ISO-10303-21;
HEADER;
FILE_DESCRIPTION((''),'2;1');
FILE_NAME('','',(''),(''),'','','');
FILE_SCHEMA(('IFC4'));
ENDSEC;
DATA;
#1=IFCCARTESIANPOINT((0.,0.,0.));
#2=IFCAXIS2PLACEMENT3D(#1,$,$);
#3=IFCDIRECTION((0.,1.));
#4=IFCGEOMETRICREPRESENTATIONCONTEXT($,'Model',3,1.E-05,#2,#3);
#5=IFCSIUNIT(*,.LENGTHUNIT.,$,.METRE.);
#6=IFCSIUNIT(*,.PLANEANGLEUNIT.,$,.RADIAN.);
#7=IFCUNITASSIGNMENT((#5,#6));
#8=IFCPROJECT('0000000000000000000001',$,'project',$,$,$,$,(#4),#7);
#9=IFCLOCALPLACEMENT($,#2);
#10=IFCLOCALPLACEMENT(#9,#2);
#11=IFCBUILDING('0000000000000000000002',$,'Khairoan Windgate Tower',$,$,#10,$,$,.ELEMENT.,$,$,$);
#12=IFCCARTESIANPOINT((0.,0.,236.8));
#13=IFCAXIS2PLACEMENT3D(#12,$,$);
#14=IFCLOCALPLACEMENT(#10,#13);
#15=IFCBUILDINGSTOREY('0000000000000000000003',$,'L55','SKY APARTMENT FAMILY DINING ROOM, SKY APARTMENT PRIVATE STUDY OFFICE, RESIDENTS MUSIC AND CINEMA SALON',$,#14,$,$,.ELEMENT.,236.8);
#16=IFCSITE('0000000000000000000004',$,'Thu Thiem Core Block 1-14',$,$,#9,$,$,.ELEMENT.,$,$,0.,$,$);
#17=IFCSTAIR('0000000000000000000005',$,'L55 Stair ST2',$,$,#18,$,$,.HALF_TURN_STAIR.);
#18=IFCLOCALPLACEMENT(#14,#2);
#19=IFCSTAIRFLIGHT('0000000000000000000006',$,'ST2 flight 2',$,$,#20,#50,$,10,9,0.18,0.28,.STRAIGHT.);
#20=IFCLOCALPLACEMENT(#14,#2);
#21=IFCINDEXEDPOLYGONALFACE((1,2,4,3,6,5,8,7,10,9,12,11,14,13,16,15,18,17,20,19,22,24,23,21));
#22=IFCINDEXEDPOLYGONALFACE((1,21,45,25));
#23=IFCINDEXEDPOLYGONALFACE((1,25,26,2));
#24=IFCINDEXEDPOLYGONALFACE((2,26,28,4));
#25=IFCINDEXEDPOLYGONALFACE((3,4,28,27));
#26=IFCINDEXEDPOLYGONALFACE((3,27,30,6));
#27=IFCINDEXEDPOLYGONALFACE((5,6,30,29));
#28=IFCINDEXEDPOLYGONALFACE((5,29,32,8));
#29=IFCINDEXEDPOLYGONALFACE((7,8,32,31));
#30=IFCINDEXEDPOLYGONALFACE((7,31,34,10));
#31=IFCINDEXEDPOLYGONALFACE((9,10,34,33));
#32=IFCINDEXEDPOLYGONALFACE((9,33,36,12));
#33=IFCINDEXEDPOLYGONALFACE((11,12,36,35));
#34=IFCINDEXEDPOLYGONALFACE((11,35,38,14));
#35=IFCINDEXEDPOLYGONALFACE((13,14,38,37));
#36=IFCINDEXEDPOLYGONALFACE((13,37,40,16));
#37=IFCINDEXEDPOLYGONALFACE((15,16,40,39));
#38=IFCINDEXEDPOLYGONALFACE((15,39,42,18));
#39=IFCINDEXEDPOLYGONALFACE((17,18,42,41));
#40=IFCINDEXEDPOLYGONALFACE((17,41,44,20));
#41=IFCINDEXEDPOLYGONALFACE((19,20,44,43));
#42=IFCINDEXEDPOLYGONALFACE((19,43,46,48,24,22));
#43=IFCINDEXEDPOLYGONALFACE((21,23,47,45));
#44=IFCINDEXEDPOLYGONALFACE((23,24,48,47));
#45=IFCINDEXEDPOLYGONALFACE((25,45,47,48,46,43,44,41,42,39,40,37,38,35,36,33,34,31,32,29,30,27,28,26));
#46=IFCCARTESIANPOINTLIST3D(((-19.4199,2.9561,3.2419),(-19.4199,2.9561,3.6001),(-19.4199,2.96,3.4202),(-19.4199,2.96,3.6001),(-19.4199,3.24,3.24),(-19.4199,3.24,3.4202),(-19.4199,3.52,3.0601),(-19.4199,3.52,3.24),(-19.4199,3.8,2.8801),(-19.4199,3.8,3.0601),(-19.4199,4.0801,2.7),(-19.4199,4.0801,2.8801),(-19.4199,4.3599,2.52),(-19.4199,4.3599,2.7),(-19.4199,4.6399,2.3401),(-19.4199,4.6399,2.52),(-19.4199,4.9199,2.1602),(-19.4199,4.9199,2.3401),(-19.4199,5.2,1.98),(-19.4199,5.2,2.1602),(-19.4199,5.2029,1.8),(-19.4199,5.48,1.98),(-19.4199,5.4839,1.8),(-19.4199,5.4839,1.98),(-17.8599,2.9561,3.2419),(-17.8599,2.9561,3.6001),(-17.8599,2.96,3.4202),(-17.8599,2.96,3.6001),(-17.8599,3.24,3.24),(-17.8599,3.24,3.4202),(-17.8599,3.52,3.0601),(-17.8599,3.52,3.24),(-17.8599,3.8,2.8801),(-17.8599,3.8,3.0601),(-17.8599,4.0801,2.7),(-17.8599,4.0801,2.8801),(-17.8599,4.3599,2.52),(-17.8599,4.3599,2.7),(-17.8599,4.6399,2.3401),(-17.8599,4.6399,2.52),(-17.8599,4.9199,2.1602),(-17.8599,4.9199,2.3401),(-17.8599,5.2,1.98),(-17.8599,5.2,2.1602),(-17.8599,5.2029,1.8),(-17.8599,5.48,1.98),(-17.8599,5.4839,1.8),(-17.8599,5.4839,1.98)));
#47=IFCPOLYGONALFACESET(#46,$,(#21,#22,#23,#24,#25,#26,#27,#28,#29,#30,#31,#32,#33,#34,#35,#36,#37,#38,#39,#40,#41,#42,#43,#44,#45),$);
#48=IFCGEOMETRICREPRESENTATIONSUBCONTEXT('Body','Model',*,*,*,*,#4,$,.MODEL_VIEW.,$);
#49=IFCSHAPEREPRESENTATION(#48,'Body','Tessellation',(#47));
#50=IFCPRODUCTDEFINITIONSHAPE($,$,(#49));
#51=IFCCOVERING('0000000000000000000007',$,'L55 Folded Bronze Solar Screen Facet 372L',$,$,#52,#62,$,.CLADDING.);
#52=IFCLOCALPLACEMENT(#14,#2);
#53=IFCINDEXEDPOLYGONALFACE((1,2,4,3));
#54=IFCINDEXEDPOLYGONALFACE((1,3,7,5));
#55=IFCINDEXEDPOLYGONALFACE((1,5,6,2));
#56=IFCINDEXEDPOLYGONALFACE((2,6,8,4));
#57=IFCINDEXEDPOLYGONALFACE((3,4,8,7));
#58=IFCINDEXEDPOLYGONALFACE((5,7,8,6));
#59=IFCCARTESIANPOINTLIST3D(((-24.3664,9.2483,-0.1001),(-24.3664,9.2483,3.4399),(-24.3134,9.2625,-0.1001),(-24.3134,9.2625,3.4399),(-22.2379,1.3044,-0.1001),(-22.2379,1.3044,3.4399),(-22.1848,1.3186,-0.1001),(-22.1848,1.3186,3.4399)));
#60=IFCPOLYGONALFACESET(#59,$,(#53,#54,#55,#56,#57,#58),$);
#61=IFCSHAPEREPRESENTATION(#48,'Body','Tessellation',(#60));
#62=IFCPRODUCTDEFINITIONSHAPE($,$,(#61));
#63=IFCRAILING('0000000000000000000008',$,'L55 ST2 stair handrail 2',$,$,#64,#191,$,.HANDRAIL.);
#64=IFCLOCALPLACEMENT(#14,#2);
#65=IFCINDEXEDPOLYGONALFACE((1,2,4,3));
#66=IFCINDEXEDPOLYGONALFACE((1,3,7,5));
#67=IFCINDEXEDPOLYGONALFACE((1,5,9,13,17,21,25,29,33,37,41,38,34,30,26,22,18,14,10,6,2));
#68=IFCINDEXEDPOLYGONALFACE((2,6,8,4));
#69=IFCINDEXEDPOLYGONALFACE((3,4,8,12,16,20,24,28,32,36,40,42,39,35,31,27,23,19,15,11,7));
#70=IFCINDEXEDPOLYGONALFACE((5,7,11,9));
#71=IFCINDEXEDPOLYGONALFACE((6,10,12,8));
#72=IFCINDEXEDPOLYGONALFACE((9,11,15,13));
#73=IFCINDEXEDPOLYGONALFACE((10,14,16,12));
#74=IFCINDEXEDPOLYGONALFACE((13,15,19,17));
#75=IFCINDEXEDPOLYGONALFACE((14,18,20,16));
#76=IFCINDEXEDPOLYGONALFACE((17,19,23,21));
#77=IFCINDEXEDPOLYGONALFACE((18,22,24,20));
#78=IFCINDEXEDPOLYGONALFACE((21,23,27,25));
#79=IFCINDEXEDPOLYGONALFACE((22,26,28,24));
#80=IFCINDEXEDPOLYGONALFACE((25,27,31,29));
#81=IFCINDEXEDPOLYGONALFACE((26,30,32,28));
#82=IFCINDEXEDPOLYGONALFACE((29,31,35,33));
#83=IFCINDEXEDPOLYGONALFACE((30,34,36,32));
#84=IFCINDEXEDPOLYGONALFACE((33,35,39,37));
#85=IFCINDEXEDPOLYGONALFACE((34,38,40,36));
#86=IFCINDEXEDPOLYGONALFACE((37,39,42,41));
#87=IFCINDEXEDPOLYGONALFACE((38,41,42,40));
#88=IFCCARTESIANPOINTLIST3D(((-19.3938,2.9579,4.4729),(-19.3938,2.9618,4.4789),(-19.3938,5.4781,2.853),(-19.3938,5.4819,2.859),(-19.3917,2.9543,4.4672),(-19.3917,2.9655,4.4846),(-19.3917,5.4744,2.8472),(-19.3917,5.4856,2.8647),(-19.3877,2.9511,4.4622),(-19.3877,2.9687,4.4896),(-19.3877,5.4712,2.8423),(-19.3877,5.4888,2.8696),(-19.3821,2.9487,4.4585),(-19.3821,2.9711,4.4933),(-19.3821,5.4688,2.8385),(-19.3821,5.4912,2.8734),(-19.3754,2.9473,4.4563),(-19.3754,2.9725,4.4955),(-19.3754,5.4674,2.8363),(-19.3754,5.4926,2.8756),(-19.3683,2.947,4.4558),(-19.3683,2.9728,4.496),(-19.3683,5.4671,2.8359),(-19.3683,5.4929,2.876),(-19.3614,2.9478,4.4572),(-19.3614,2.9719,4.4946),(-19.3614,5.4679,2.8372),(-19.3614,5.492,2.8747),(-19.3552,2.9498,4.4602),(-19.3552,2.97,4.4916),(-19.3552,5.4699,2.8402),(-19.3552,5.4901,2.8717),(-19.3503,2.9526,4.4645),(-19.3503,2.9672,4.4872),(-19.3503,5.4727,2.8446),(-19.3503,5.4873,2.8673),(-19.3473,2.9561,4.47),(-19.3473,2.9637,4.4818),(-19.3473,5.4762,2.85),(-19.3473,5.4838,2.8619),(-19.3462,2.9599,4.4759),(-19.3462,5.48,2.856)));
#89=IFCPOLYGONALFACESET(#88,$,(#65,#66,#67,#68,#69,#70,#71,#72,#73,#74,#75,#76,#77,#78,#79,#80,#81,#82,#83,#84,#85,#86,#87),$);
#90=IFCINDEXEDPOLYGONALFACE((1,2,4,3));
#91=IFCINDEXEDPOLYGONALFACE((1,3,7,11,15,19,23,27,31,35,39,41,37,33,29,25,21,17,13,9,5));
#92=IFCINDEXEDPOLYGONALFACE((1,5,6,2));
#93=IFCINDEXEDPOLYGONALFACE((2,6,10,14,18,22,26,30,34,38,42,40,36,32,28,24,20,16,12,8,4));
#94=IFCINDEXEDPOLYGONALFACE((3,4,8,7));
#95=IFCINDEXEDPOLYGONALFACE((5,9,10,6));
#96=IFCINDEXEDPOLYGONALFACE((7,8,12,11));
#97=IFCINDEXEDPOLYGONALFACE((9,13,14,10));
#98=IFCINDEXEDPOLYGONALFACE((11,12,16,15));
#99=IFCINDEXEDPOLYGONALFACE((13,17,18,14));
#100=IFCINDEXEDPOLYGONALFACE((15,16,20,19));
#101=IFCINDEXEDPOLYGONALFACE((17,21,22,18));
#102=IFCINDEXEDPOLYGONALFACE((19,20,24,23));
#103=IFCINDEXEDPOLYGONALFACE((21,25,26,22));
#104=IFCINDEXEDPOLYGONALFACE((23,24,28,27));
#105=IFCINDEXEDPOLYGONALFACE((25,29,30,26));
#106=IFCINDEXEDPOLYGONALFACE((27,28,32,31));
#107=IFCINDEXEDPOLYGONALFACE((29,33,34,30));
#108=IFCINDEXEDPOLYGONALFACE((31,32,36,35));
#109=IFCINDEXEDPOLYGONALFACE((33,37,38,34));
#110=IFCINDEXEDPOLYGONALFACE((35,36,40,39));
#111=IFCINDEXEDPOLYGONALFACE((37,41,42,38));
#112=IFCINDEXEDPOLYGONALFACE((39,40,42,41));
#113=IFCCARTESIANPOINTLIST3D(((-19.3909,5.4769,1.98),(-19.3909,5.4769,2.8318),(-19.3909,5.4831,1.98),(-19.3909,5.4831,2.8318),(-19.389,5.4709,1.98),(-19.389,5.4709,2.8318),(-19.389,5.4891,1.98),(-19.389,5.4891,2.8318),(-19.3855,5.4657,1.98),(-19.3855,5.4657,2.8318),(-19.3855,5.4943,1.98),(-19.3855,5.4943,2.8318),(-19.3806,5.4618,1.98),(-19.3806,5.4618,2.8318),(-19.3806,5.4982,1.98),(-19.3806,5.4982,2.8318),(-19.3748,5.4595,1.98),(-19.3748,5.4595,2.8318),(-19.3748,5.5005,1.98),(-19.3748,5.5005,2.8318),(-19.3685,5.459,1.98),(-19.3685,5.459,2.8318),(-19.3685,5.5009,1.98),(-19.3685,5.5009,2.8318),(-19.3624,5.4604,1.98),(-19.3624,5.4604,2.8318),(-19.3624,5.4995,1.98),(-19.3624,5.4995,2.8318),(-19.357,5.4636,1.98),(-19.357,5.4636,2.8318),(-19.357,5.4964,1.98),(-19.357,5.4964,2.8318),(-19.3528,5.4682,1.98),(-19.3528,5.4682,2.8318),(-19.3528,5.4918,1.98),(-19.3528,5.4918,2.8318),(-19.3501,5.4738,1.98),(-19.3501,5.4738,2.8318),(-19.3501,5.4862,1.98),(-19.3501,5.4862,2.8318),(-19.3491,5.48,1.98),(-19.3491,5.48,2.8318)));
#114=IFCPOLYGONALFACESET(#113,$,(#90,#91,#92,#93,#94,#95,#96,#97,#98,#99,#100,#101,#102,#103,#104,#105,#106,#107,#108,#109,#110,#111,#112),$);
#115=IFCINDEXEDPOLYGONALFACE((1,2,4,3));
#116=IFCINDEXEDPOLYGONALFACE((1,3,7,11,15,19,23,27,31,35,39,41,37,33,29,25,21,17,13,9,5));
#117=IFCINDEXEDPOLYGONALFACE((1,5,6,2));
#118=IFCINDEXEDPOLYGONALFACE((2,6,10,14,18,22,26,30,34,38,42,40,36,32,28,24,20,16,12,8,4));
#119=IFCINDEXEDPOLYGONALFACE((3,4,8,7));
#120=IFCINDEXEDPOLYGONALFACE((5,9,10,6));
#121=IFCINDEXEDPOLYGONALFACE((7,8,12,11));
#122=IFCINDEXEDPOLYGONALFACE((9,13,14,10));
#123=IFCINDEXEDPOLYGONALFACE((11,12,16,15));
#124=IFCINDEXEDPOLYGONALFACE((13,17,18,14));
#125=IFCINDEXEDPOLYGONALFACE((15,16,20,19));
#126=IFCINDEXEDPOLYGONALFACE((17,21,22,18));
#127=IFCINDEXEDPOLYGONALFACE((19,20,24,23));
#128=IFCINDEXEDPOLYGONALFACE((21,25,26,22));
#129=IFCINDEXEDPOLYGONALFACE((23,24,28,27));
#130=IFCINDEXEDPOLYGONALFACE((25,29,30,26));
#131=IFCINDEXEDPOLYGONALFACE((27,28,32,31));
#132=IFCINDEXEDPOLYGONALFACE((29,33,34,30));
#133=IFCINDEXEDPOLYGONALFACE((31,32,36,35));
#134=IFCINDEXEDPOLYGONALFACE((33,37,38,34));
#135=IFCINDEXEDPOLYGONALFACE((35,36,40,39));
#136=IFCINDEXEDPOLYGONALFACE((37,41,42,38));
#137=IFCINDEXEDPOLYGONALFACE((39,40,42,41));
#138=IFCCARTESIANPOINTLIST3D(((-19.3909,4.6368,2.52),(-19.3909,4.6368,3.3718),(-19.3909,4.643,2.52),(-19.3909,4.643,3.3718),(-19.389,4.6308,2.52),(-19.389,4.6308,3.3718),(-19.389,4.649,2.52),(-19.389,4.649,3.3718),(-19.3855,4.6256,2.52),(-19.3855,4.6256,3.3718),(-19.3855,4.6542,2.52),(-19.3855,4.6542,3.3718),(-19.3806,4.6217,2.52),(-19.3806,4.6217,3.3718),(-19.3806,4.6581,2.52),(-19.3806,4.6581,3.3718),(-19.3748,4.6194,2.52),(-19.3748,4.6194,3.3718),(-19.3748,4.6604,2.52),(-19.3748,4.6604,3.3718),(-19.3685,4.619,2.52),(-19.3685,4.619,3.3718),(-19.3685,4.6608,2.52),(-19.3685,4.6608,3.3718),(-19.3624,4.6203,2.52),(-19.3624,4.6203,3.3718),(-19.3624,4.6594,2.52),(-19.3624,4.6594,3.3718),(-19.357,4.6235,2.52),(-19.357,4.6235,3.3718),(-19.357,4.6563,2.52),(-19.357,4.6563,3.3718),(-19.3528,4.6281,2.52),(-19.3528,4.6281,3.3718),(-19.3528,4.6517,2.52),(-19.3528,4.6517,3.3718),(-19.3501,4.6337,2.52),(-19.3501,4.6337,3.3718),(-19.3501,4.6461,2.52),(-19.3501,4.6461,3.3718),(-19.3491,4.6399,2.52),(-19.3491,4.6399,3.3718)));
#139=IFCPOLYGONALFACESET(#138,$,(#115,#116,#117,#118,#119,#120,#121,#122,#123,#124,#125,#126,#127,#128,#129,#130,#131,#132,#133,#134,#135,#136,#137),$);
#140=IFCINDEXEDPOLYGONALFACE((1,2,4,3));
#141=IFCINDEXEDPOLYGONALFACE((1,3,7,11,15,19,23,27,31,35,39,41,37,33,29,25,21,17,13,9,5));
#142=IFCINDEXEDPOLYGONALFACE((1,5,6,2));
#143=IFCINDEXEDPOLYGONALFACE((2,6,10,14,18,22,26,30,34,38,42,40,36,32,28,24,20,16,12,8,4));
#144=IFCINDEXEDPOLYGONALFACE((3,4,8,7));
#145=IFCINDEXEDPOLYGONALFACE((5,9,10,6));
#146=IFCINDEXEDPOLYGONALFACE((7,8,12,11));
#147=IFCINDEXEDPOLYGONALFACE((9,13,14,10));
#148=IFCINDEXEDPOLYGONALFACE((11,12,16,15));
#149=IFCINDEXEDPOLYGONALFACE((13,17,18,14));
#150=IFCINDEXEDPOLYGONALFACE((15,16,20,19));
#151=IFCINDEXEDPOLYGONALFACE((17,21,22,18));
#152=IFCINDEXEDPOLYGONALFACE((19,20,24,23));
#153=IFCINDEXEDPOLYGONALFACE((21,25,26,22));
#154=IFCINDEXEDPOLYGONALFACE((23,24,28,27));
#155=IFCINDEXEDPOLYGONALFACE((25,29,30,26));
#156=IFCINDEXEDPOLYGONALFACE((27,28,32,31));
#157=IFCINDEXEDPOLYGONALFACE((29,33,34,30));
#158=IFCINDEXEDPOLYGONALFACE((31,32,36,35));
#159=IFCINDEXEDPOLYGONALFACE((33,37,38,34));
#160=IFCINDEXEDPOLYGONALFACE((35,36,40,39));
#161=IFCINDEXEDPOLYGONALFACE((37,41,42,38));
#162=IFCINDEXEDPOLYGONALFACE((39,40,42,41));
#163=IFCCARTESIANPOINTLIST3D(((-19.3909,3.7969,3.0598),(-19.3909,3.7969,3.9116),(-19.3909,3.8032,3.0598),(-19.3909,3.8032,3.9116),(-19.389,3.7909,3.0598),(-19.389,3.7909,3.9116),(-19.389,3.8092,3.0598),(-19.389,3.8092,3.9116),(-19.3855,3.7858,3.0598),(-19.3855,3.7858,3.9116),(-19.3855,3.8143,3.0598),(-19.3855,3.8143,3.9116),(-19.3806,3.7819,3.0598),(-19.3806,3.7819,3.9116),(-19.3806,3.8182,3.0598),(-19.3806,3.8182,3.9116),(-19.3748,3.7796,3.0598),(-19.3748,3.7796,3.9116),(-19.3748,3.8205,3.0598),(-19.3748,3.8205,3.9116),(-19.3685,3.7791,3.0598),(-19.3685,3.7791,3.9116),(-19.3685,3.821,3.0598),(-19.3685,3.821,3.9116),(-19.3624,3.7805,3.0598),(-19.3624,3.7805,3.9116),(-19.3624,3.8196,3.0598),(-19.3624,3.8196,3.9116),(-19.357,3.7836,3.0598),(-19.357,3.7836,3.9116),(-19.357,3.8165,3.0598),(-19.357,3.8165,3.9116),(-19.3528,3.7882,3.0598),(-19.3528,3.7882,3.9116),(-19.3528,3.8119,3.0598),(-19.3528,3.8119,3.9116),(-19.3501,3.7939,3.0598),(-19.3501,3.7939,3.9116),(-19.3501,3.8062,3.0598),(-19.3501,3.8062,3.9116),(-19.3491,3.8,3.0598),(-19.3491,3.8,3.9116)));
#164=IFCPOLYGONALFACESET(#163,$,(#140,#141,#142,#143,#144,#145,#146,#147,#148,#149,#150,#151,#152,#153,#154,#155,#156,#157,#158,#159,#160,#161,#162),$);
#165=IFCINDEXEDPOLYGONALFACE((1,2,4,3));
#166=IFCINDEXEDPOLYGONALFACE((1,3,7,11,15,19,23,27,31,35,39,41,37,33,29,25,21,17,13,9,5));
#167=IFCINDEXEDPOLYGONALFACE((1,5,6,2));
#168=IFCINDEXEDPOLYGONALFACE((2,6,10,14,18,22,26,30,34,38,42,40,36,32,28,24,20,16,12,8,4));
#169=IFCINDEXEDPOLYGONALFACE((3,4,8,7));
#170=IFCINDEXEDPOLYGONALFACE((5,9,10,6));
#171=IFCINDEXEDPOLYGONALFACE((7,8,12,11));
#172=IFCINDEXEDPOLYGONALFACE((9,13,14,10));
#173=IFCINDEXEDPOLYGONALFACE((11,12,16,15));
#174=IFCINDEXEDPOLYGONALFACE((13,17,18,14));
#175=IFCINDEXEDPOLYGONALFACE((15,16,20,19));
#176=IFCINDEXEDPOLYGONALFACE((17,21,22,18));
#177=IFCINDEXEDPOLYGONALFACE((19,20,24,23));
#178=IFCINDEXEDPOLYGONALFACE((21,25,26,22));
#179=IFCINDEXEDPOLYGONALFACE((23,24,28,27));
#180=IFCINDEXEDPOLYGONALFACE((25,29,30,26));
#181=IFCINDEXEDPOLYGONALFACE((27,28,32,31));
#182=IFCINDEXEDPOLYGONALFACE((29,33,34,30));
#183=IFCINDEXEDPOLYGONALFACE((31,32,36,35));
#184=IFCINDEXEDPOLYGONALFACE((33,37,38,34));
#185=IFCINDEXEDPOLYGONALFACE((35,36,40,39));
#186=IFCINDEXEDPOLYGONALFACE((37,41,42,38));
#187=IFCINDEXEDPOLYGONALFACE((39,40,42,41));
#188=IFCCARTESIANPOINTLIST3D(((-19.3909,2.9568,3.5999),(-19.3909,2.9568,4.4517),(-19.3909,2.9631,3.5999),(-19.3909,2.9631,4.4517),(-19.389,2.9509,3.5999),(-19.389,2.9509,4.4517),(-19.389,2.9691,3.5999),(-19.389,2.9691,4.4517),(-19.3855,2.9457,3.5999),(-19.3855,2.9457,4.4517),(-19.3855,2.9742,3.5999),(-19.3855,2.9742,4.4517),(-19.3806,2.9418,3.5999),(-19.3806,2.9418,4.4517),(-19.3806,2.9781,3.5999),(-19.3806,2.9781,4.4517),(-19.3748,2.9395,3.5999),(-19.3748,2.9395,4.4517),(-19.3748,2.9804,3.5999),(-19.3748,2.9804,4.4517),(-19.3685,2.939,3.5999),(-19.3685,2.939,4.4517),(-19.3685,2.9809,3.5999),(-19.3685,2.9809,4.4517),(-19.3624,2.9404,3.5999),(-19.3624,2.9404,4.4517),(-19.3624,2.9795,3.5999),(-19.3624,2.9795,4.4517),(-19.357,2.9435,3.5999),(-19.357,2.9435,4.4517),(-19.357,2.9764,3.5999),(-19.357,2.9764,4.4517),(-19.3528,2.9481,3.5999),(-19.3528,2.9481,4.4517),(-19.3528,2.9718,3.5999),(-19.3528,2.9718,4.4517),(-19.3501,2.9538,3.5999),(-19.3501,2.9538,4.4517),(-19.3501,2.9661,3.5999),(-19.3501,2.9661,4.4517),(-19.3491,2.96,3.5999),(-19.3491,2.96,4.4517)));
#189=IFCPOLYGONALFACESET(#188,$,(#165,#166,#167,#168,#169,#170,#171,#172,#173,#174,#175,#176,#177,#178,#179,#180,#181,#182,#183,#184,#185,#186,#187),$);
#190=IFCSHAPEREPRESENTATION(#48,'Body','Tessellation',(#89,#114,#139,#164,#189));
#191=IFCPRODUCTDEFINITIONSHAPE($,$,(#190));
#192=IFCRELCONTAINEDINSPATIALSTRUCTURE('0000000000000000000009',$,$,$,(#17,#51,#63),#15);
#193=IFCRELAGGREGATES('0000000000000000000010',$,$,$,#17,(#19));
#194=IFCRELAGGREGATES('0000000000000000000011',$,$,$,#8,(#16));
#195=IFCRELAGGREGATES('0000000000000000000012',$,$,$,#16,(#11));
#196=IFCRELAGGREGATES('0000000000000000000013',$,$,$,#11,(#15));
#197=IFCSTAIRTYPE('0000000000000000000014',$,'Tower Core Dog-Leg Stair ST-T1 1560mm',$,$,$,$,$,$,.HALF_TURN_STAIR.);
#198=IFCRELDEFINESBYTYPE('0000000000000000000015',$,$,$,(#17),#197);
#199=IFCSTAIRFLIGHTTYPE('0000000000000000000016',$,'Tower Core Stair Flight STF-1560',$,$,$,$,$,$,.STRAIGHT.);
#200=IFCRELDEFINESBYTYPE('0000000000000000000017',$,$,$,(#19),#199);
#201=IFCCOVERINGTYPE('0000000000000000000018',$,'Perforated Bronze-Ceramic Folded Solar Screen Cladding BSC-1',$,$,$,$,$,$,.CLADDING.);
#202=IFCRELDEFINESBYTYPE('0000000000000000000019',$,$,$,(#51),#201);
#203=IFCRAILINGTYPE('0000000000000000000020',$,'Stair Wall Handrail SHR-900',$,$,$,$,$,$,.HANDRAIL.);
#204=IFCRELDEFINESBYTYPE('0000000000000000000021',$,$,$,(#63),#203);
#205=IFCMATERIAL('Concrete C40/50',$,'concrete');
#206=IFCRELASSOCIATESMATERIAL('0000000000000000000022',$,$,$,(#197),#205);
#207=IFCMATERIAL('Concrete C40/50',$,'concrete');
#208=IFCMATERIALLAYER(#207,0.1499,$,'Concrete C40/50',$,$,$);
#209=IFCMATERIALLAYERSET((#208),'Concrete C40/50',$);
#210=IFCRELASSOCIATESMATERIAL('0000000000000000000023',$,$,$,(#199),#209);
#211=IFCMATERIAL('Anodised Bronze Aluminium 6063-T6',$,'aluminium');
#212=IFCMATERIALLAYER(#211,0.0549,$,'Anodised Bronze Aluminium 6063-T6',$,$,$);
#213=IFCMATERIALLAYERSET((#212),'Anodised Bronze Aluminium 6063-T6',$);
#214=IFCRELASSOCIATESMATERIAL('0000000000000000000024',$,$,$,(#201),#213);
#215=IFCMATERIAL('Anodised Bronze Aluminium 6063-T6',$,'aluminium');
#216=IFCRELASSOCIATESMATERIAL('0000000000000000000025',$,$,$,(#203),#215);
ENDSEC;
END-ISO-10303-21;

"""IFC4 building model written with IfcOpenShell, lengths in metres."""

from ifc_helpers import new_model, si_unit, direction, frame, origin, origin_2d, place, context, subcontext, project, spatial, polyline, rectangle, circle, outline, extrude, material, layer, layer_set, type_object, element, aggregate, save


model = new_model("IFC4")

# Units and contexts
model_context = context("Model", 3, precision=1e-05, world=origin(), true_north=direction((0.0, 1.0)))
body_context = subcontext(model_context, "Body", "Model", "MODEL_VIEW")
ifc_project = project(units=[si_unit("LENGTHUNIT", "METRE"), si_unit("PLANEANGLEUNIT", "RADIAN")], contexts=[model_context])

# Site, building, storey
site_placement = place(None, origin())
site = spatial("IfcSite", under=ifc_project, at=site_placement, Name="Thu Thiem Core Block 1-14", CompositionType="ELEMENT", RefElevation=0.0)
building_placement = place(site_placement, origin())
building = spatial("IfcBuilding", under=site, at=building_placement, Name="Khairoan Windgate Tower", CompositionType="ELEMENT")
storey_placement = place(building_placement, frame((0.0, 0.0, 236.8)))
storey = spatial("IfcBuildingStorey", under=building, at=storey_placement, Name="L55", Description="SKY APARTMENT FAMILY DINING ROOM, SKY APARTMENT PRIVATE STUDY OFFICE, RESIDENTS MUSIC AND CINEMA SALON", CompositionType="ELEMENT", Elevation=236.8)

# Stair, stair flight
ifc_material_1 = material(Name="Concrete C40/50", Category="concrete")
stair_type = type_object("IfcStairType", Name="Tower Core Dog-Leg Stair ST-T1 1560mm", PredefinedType="HALF_TURN_STAIR", material=ifc_material_1)
stair_placement = place(storey_placement, origin())
stair = element("IfcStair", 1, at=stair_placement, inside=storey, type_object=stair_type, Name="L55 Stair ST2", PredefinedType="HALF_TURN_STAIR")
ifc_material_2 = material(Name="Concrete C40/50", Category="concrete")
ifc_layer_1 = layer(ifc_material_2, 0.1499, Name="Concrete C40/50")
ifc_layer_set_1 = layer_set([ifc_layer_1], Name="Concrete C40/50")
stair_flight_type = type_object("IfcStairFlightType", Name="Tower Core Stair Flight STF-1560", PredefinedType="STRAIGHT", material=ifc_layer_set_1)
stair_flight_placement = place(storey_placement, frame((-18.6399, 5.48, 1.8), z_axis=(0.0, 0.0, 1.0), x_axis=(0.0, -1.0, 0.0)))
stair_flight = element("IfcStairFlight", 2, at=stair_flight_placement, type_object=stair_flight_type, Name="ST2 flight 2", NumberOfRisers=10, NumberOfTreads=9, PredefinedType="STRAIGHT", RiserHeight=0.18, TreadLength=0.28, context=body_context, shape_type="SweptSolid", body=[
    extrude(outline(polyline([(-0.0039, 0.0), (-0.0039, 0.1799), (0.0, 0.1799), (0.28, 0.1799), (0.28, 0.3601), (0.5601, 0.3601), (0.5601, 0.54), (0.8401, 0.54), (0.8401, 0.72), (1.1201, 0.72), (1.1201, 0.8999), (1.3999, 0.8999), (1.3999, 1.0801), (1.6799, 1.0801), (1.6799, 1.26), (1.96, 1.26), (1.96, 1.4399), (2.24, 1.4399), (2.24, 1.6201), (2.52, 1.6201), (2.52, 1.8), (2.5239, 1.8), (2.5239, 1.4419), (0.2771, 0.0), (-0.0039, 0.0)])), frame((0.0, 0.78, 0.0), z_axis=(0.0, -1.0, 0.0), x_axis=(1.0, 0.0, 0.0)), (0.0, 0.0, 1.0), 1.5601),
])
aggregate(stair, [stair_flight])

# Covering
ifc_material_3 = material(Name="Anodised Bronze Aluminium 6063-T6", Category="aluminium")
ifc_layer_2 = layer(ifc_material_3, 0.0549, Name="Anodised Bronze Aluminium 6063-T6")
ifc_layer_set_2 = layer_set([ifc_layer_2], Name="Anodised Bronze Aluminium 6063-T6")
covering_type = type_object("IfcCoveringType", Name="Perforated Bronze-Ceramic Folded Solar Screen Cladding BSC-1", PredefinedType="CLADDING", material=ifc_layer_set_2)
covering_placement = place(storey_placement, frame((-23.2756, 5.2834, -0.1001), z_axis=(0.0, 0.0, 1.0), x_axis=(-0.258819, 0.965926, 0.0)))
element("IfcCovering", 3, at=covering_placement, inside=storey, type_object=covering_type, Name="L55 Folded Bronze Solar Screen Facet 372L", PredefinedType="CLADDING", context=body_context, shape_type="SweptSolid", body=[
    extrude(rectangle(XDim=8.2241, YDim=0.0549, at=origin_2d()), origin(), (0.0, 0.0, 1.0), 3.54),
])

# Railing
ifc_material_4 = material(Name="Anodised Bronze Aluminium 6063-T6", Category="aluminium")
railing_type_1 = type_object("IfcRailingType", Name="Stair Wall Handrail SHR-900", PredefinedType="HANDRAIL", material=ifc_material_4)
railing_1_placement = place(storey_placement, frame((-19.3701, 5.48, 1.98)))
element("IfcRailing", 4, at=railing_1_placement, inside=storey, type_object=railing_type_1, Name="L55 ST2 stair handrail 2", PredefinedType="HANDRAIL", context=body_context, shape_type="SweptSolid", body=[
    extrude(circle(Radius=0.0239, at=origin_2d()), frame((0.0, 0.0, 0.876), z_axis=(0.0, -0.8412, 0.540725), x_axis=(1.0, 0.0, 0.0)), (0.0, 0.0, 1.0), 2.9958),
    extrude(circle(Radius=0.021, at=origin_2d()), origin(), (0.0, 0.0, 1.0), 0.8518),
    extrude(circle(Radius=0.021, at=origin_2d()), frame((0.0, -0.8401, 0.54)), (0.0, 0.0, 1.0), 0.8518),
    extrude(circle(Radius=0.021, at=origin_2d()), frame((0.0, -1.6799, 1.0798)), (0.0, 0.0, 1.0), 0.8518),
    extrude(circle(Radius=0.021, at=origin_2d()), frame((0.0, -2.52, 1.6199)), (0.0, 0.0, 1.0), 0.8518),
])

save(model, "model.ifc")
